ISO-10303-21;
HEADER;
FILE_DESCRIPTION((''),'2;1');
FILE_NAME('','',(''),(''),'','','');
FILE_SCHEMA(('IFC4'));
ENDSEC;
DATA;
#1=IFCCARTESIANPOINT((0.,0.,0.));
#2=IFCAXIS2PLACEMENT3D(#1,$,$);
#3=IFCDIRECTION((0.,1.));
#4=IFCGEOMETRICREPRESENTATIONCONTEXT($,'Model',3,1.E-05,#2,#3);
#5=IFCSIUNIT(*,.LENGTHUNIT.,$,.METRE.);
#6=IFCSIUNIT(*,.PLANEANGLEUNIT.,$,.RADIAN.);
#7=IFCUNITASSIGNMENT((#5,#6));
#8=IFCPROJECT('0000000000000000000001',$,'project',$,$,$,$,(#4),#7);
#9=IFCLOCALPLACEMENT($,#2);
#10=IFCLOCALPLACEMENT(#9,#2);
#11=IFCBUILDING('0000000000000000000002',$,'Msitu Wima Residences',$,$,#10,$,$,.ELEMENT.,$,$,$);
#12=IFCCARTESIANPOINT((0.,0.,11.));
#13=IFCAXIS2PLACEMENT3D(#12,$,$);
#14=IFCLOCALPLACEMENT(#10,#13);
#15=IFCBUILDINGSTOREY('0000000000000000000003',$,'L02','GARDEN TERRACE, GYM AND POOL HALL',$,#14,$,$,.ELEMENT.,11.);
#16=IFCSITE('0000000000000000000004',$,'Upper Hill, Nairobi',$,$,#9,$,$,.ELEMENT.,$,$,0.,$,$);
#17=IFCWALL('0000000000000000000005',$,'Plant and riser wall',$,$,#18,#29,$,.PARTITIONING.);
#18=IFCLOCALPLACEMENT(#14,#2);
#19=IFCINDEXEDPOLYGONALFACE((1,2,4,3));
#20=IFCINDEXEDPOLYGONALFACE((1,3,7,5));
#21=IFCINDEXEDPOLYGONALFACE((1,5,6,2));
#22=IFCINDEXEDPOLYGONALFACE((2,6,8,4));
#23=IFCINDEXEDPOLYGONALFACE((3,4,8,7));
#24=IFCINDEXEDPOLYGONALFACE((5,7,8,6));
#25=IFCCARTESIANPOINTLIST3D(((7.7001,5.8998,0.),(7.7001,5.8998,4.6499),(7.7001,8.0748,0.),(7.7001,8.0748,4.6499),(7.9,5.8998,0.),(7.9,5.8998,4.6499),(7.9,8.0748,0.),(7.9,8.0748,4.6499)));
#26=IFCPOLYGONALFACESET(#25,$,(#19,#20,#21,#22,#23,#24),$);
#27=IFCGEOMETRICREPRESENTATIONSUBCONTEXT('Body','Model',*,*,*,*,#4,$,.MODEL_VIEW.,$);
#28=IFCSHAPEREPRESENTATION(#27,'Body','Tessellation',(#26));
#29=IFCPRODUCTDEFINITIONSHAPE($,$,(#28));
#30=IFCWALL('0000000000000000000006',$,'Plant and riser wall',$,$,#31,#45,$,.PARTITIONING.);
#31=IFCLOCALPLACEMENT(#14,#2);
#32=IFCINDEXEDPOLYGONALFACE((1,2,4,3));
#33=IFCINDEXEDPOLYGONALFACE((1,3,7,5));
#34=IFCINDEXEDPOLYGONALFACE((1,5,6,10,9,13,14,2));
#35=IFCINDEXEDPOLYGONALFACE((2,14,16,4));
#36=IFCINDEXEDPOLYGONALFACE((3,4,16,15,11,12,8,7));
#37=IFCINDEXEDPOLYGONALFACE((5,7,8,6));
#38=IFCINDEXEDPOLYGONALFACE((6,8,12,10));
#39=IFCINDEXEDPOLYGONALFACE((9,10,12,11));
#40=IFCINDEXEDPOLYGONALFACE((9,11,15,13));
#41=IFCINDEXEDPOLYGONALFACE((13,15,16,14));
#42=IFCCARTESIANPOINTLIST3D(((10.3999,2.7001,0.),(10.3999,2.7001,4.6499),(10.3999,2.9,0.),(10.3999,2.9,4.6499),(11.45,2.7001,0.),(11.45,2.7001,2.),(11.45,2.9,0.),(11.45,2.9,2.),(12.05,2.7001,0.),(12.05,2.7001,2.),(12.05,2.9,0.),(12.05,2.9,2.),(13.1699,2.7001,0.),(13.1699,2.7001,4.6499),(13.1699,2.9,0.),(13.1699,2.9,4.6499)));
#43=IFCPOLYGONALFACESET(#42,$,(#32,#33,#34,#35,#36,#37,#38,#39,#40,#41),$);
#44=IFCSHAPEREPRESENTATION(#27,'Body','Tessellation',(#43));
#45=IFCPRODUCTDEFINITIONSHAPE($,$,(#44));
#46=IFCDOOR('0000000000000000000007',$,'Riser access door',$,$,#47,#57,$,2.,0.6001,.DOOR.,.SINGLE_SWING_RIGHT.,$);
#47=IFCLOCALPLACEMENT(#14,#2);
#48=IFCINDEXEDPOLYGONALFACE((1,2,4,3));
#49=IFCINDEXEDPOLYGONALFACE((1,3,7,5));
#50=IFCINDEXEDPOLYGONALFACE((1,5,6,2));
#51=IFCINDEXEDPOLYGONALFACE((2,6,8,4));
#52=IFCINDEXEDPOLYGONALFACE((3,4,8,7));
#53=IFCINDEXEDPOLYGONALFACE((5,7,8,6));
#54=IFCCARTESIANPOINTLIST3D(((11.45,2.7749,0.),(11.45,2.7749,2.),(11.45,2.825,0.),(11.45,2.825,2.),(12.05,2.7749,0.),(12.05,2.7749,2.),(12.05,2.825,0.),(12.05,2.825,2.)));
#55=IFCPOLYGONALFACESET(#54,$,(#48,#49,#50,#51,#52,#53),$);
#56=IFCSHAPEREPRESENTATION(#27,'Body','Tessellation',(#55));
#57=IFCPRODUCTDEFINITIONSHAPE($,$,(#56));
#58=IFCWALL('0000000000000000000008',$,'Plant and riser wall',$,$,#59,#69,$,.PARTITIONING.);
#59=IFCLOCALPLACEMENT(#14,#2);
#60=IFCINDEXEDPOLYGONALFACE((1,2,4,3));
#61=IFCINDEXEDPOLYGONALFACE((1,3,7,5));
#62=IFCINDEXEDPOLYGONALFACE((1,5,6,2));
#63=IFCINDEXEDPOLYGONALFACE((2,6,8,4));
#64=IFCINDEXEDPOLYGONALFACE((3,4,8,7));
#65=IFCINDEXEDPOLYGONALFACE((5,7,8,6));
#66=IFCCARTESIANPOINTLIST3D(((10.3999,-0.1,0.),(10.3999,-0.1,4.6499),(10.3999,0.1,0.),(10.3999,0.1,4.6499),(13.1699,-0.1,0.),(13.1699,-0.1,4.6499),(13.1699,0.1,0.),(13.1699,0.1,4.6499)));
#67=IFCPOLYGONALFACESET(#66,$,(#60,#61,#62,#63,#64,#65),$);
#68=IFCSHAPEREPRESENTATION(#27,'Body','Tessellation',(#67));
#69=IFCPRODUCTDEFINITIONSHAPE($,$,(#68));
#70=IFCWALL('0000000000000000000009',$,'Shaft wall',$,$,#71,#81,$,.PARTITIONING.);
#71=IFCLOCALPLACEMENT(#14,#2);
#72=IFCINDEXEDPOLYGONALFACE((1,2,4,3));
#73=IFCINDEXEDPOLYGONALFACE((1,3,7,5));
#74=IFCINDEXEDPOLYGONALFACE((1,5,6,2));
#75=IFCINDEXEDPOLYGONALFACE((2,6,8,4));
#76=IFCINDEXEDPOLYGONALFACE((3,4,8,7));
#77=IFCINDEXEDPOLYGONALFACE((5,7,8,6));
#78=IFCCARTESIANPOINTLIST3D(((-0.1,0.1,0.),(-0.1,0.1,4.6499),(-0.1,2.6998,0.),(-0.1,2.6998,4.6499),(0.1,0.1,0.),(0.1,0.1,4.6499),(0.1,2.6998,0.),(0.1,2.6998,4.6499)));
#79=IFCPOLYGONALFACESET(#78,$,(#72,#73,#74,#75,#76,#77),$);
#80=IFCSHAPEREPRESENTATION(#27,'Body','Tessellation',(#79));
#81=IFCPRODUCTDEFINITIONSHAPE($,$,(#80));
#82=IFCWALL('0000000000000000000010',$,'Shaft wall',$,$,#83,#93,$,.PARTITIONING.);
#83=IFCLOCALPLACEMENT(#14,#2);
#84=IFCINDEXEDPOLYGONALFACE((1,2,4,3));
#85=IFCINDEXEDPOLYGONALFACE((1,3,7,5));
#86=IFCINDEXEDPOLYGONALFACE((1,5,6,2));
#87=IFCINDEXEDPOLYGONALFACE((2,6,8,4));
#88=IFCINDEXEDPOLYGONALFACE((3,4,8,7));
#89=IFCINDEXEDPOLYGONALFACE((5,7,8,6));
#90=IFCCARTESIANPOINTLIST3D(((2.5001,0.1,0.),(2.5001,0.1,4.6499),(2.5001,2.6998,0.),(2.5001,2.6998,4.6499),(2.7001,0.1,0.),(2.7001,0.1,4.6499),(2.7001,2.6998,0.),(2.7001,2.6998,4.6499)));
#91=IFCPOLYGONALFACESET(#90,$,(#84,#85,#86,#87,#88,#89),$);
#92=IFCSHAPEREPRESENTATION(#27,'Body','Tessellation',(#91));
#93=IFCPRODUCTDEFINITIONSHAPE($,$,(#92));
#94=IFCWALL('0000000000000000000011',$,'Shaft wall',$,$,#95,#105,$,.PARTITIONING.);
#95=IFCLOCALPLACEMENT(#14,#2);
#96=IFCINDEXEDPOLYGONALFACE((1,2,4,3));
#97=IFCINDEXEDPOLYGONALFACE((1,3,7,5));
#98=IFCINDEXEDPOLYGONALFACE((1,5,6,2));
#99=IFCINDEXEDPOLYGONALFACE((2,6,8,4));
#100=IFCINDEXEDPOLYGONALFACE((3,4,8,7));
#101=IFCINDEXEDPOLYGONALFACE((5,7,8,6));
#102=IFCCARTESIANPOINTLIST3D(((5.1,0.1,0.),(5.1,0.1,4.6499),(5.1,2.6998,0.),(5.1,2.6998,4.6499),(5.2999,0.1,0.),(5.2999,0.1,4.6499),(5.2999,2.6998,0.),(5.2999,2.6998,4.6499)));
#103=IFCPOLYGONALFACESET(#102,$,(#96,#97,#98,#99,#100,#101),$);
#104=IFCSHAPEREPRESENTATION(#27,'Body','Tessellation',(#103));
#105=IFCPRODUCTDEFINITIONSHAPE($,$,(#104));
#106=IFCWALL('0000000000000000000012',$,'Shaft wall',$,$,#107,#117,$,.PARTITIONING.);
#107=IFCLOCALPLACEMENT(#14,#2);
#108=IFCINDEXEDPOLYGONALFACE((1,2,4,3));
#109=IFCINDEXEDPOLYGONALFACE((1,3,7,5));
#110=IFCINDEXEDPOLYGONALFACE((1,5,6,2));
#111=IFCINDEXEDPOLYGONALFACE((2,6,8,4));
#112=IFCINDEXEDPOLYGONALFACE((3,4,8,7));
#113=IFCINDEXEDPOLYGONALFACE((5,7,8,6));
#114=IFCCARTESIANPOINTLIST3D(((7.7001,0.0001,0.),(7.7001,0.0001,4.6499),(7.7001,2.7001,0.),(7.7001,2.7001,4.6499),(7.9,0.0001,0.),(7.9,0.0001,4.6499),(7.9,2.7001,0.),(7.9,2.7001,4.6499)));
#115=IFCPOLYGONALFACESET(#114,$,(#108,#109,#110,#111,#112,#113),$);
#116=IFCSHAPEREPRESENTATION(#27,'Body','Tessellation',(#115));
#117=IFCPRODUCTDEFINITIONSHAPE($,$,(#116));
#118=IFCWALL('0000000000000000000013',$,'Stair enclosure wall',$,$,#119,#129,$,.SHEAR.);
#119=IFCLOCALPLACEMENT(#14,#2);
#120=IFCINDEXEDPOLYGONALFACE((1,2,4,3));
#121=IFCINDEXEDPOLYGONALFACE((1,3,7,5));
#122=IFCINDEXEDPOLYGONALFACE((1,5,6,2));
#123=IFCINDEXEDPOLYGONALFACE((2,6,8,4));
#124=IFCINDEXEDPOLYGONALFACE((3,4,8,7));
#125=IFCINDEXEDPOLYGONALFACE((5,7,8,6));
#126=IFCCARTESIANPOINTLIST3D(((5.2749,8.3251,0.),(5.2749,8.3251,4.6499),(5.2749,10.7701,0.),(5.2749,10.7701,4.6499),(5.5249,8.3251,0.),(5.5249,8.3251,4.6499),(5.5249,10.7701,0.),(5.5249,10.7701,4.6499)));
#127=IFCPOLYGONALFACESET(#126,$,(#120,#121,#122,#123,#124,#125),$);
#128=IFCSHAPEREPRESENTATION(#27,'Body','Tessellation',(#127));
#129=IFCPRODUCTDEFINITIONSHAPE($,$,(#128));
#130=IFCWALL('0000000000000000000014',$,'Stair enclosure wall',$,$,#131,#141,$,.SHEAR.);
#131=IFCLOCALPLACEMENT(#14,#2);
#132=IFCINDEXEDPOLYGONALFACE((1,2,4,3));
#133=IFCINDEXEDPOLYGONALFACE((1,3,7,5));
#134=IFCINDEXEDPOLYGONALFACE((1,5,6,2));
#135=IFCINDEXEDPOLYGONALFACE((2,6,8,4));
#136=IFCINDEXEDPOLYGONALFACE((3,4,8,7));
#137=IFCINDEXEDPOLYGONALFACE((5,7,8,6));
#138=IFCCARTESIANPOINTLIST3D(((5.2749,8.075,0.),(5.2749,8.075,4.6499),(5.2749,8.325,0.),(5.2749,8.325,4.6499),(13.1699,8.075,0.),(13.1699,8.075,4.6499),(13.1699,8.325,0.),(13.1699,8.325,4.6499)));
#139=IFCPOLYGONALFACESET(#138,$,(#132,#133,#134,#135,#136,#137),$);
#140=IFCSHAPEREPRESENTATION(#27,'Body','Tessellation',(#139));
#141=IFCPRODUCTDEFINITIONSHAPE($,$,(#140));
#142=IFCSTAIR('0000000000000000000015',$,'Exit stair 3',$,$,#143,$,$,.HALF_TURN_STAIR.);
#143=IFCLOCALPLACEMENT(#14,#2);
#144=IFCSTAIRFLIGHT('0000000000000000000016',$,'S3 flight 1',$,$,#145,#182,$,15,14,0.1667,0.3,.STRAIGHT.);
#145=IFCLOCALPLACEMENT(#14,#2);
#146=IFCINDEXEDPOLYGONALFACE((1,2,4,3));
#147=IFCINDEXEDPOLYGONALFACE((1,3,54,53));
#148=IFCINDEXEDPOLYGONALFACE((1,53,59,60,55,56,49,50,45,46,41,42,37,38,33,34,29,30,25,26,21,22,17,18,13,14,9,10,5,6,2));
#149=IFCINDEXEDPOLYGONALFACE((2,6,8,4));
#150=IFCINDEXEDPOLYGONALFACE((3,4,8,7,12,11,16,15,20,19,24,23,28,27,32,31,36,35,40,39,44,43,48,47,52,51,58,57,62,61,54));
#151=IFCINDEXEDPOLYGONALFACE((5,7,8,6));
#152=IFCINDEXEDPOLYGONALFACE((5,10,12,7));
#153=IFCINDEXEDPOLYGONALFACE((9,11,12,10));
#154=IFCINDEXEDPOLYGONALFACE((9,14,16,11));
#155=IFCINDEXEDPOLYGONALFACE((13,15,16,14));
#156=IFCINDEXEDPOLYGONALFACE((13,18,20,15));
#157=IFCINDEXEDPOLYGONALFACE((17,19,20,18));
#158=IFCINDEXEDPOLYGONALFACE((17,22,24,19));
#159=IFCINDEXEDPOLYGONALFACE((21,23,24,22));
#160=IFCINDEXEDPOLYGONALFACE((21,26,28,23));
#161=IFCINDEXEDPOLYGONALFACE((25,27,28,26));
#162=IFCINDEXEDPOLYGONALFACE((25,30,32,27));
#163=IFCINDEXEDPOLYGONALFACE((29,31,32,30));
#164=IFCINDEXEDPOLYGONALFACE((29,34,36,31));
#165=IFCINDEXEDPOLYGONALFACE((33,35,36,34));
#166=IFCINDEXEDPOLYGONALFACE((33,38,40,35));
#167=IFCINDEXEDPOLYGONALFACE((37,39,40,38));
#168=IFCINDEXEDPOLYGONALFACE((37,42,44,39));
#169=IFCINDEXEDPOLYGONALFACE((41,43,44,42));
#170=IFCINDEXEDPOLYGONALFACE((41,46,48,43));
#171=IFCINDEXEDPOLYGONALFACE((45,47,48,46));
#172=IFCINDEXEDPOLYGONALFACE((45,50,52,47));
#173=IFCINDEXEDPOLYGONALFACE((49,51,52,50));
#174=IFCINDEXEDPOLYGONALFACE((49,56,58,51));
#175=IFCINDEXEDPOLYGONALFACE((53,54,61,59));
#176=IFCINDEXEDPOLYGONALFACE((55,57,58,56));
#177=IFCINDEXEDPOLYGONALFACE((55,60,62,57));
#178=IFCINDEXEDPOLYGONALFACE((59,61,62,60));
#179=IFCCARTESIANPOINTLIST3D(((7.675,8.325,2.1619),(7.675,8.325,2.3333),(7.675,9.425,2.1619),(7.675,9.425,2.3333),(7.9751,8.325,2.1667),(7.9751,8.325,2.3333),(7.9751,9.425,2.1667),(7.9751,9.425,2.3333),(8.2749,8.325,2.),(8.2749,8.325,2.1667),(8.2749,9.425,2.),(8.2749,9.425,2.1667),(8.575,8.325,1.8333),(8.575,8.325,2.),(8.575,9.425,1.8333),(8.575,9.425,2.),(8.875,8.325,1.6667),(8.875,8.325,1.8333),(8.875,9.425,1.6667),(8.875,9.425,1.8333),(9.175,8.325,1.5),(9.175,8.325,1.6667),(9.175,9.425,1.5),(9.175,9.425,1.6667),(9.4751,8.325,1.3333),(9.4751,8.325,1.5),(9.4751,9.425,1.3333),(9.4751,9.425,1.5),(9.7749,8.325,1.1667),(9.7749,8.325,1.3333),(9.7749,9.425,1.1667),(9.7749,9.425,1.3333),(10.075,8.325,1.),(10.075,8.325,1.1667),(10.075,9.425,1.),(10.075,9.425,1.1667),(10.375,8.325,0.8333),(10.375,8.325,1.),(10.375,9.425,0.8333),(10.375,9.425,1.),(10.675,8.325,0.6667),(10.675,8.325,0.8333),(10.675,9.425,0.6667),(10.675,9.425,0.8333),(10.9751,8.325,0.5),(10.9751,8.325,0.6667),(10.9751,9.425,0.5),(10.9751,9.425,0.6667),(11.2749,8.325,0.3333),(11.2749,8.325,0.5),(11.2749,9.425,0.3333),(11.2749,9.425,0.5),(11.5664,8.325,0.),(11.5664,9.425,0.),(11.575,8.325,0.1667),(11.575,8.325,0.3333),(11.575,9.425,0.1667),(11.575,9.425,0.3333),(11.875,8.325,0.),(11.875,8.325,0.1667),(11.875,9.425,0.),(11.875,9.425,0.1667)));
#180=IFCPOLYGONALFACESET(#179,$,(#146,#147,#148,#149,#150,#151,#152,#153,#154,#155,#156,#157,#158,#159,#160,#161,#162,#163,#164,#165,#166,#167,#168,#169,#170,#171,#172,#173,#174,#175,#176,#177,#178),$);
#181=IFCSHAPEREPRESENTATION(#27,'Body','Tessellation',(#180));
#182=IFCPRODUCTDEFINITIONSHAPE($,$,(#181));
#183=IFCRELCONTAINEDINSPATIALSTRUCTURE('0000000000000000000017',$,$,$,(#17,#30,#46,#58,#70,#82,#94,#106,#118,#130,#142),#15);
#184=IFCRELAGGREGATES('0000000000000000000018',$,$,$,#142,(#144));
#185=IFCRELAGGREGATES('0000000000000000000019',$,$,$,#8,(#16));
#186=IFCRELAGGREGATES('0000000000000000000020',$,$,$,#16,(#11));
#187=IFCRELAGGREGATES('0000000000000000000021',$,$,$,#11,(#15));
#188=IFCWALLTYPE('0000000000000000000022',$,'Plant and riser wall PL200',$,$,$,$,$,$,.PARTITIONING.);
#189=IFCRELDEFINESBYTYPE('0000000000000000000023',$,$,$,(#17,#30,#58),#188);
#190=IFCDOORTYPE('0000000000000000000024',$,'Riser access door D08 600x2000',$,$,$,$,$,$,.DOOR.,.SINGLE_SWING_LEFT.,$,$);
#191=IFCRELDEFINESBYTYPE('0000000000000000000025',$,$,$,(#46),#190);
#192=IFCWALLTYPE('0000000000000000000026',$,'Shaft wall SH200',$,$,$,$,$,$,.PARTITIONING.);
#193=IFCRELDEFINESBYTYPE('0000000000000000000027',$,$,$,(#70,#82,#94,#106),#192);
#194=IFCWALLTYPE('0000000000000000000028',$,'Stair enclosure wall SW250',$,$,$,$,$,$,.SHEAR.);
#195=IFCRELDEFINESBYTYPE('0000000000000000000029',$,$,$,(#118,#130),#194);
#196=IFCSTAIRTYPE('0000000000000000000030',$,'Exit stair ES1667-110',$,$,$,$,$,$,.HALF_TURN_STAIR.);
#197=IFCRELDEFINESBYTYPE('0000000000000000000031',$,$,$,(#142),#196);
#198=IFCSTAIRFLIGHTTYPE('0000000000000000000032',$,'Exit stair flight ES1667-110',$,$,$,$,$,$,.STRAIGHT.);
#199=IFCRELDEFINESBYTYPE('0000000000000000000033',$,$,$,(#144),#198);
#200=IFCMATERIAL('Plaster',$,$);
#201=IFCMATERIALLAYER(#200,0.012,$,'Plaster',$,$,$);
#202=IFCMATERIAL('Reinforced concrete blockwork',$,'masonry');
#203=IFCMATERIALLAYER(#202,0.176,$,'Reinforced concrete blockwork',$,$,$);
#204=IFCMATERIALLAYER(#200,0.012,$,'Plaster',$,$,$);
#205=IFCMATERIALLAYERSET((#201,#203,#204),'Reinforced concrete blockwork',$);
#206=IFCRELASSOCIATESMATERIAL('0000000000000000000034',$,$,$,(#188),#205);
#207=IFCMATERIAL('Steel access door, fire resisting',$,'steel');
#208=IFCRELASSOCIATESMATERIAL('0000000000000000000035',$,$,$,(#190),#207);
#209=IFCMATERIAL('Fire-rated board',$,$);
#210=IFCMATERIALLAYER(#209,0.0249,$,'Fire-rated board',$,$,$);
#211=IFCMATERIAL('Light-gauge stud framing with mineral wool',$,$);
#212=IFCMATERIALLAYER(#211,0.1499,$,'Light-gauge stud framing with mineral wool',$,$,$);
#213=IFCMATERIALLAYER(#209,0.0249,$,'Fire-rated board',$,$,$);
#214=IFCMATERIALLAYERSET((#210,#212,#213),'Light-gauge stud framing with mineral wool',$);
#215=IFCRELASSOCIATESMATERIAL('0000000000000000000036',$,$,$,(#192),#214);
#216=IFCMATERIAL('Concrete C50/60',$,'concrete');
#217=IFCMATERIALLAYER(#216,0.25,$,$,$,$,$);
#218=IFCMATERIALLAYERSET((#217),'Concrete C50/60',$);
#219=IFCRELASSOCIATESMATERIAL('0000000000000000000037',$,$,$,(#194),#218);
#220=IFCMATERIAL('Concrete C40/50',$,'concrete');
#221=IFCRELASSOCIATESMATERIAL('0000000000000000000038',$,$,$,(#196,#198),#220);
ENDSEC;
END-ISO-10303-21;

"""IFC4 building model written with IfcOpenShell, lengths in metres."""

from ifc_helpers import new_model, si_unit, direction, frame, frame_2d, origin, place, context, subcontext, project, spatial, polyline, rectangle, outline, extrude, material, layer, layer_set, type_object, element, fill, aggregate, save


model = new_model("IFC4")

# Units and contexts
model_context = context("Model", 3, precision=1e-05, world=origin(), true_north=direction((0.0, 1.0)))
body_context = subcontext(model_context, "Body", "Model", "MODEL_VIEW")
ifc_project = project(units=[si_unit("LENGTHUNIT", "METRE"), si_unit("PLANEANGLEUNIT", "RADIAN")], contexts=[model_context])

# Site, building, storey
site_placement = place(None, origin())
site = spatial("IfcSite", under=ifc_project, at=site_placement, Name="Upper Hill, Nairobi", CompositionType="ELEMENT", RefElevation=0.0)
building_placement = place(site_placement, origin())
building = spatial("IfcBuilding", under=site, at=building_placement, Name="Msitu Wima Residences", CompositionType="ELEMENT")
storey_placement = place(building_placement, frame((0.0, 0.0, 11.0)))
storey = spatial("IfcBuildingStorey", under=building, at=storey_placement, Name="L02", Description="GARDEN TERRACE, GYM AND POOL HALL", CompositionType="ELEMENT", Elevation=11.0)

# Shared definitions
ifc_material_1 = material(Name="Concrete C40/50", Category="concrete")

# Shared definitions
ifc_material_2 = material(Name="Plaster")
ifc_layer_1 = layer(ifc_material_2, 0.012, Name="Plaster")
ifc_material_3 = material(Name="Reinforced concrete blockwork", Category="masonry")
ifc_layer_2 = layer(ifc_material_3, 0.176, Name="Reinforced concrete blockwork")
ifc_layer_3 = layer(ifc_material_2, 0.012, Name="Plaster")
ifc_layer_set_1 = layer_set([ifc_layer_1, ifc_layer_2, ifc_layer_3], Name="Reinforced concrete blockwork")
wall_type_1 = type_object("IfcWallType", Name="Plant and riser wall PL200", PredefinedType="PARTITIONING", material=ifc_layer_set_1)

# Wall
wall_1_placement = place(storey_placement, frame((7.8, 5.8999, 0.0), z_axis=(0.0, 0.0, 1.0), x_axis=(0.0, 1.0, 0.0)))
element("IfcWall", 1, at=wall_1_placement, inside=storey, type_object=wall_type_1, Name="Plant and riser wall", PredefinedType="PARTITIONING", context=body_context, shape_type="SweptSolid", body=[
    extrude(rectangle(XDim=2.175, YDim=0.2, at=frame_2d((1.0874, 0.0))), origin(), (0.0, 0.0, 1.0), 4.6499),
])

# Wall, opening, door
wall_2_placement = place(storey_placement, frame((10.3999, 2.8, 0.0), z_axis=(0.0, 0.0, 1.0), x_axis=(1.0, 0.0, 0.0)))
wall_2 = element("IfcWall", 2, at=wall_2_placement, inside=storey, type_object=wall_type_1, Name="Plant and riser wall", PredefinedType="PARTITIONING", context=body_context, shape_type="SweptSolid", body=[
    extrude(rectangle(XDim=2.77, YDim=0.2, at=frame_2d((1.385, 0.0))), origin(), (0.0, 0.0, 1.0), 4.6499),
])
opening_1_placement = place(wall_2_placement, frame((1.05, 0.0, 0.0)))
opening_1 = element("IfcOpeningElement", 3, at=opening_1_placement, cuts=wall_2, PredefinedType="OPENING", context=body_context, shape_type="SweptSolid", body=[
    extrude(rectangle(XDim=0.6001, YDim=2.0, at=frame_2d((0.3, 1.0))), frame((0.0, 0.1099, 0.0), z_axis=(0.0, -1.0, 0.0), x_axis=(1.0, 0.0, 0.0)), (0.0, 0.0, 1.0), 0.22),
])
ifc_material_4 = material(Name="Steel access door, fire resisting", Category="steel")
door_type_1 = type_object("IfcDoorType", Name="Riser access door D08 600x2000", OperationType="SINGLE_SWING_LEFT", PredefinedType="DOOR", material=ifc_material_4)
door_1_placement = place(opening_1_placement, origin())
door_1 = element("IfcDoor", 4, at=door_1_placement, inside=storey, type_object=door_type_1, Name="Riser access door", OperationType="SINGLE_SWING_RIGHT", OverallHeight=2.0, OverallWidth=0.6001, PredefinedType="DOOR", context=body_context, shape_type="SweptSolid", body=[
    extrude(rectangle(XDim=0.6001, YDim=2.0, at=frame_2d((0.3, 1.0))), frame((0.0, 0.0249, 0.0), z_axis=(0.0, -1.0, 0.0), x_axis=(1.0, 0.0, 0.0)), (0.0, 0.0, 1.0), 0.05),
])
fill(opening_1, door_1)

# Walls
wall_3_placement = place(storey_placement, frame((10.3999, 0.0, 0.0), z_axis=(0.0, 0.0, 1.0), x_axis=(1.0, 0.0, 0.0)))
element("IfcWall", 5, at=wall_3_placement, inside=storey, type_object=wall_type_1, Name="Plant and riser wall", PredefinedType="PARTITIONING", context=body_context, shape_type="SweptSolid", body=[
    extrude(rectangle(XDim=2.77, YDim=0.2, at=frame_2d((1.385, 0.0))), origin(), (0.0, 0.0, 1.0), 4.6499),
])
ifc_material_5 = material(Name="Fire-rated board")
ifc_layer_4 = layer(ifc_material_5, 0.0249, Name="Fire-rated board")
ifc_material_6 = material(Name="Light-gauge stud framing with mineral wool")
ifc_layer_5 = layer(ifc_material_6, 0.1499, Name="Light-gauge stud framing with mineral wool")
ifc_layer_6 = layer(ifc_material_5, 0.0249, Name="Fire-rated board")
ifc_layer_set_2 = layer_set([ifc_layer_4, ifc_layer_5, ifc_layer_6], Name="Light-gauge stud framing with mineral wool")
wall_type_2 = type_object("IfcWallType", Name="Shaft wall SH200", PredefinedType="PARTITIONING", material=ifc_layer_set_2)
for number, where, z_axis, x_axis, name in (
    (6, (0.0, 0.1001, 0.0), (0.0, 0.0, 1.0), (0.0, 1.0, 0.0), "Shaft wall"),
    (7, (2.6001, 0.1001, 0.0), (0.0, 0.0, 1.0), (0.0, 1.0, 0.0), "Shaft wall"),
    (8, (5.2, 0.1001, 0.0), (0.0, 0.0, 1.0), (0.0, 1.0, 0.0), "Shaft wall"),
):
    element("IfcWall", number, at=place(storey_placement, frame(where, z_axis=z_axis, x_axis=x_axis)), inside=storey, type_object=wall_type_2, Name=name, PredefinedType="PARTITIONING", context=body_context, shape_type="SweptSolid", body=[
        extrude(rectangle(XDim=2.5999, YDim=0.2, at=frame_2d((1.2998, 0.0))), origin(), (0.0, 0.0, 1.0), 4.6499),
    ])
wall_4_placement = place(storey_placement, frame((7.8, 0.0, 0.0), z_axis=(0.0, 0.0, 1.0), x_axis=(0.0, 1.0, 0.0)))
element("IfcWall", 9, at=wall_4_placement, inside=storey, type_object=wall_type_2, Name="Shaft wall", PredefinedType="PARTITIONING", context=body_context, shape_type="SweptSolid", body=[
    extrude(rectangle(XDim=2.7, YDim=0.2, at=frame_2d((1.3501, 0.0))), origin(), (0.0, 0.0, 1.0), 4.6499),
])
ifc_material_7 = material(Name="Concrete C50/60", Category="concrete")
ifc_layer_7 = layer(ifc_material_7, 0.25)
ifc_layer_set_3 = layer_set([ifc_layer_7], Name="Concrete C50/60")
wall_type_3 = type_object("IfcWallType", Name="Stair enclosure wall SW250", PredefinedType="SHEAR", material=ifc_layer_set_3)
wall_5_placement = place(storey_placement, frame((5.3999, 8.325, 0.0), z_axis=(0.0, 0.0, 1.0), x_axis=(0.0, 1.0, 0.0)))
element("IfcWall", 10, at=wall_5_placement, inside=storey, type_object=wall_type_3, Name="Stair enclosure wall", PredefinedType="SHEAR", context=body_context, shape_type="SweptSolid", body=[
    extrude(rectangle(XDim=2.4451, YDim=0.25, at=frame_2d((1.2227, 0.0))), origin(), (0.0, 0.0, 1.0), 4.6499),
])
wall_6_placement = place(storey_placement, frame((5.2749, 8.2, 0.0), z_axis=(0.0, 0.0, 1.0), x_axis=(1.0, 0.0, 0.0)))
element("IfcWall", 11, at=wall_6_placement, inside=storey, type_object=wall_type_3, Name="Stair enclosure wall", PredefinedType="SHEAR", context=body_context, shape_type="SweptSolid", body=[
    extrude(rectangle(XDim=7.895, YDim=0.25, at=frame_2d((3.9475, 0.0))), origin(), (0.0, 0.0, 1.0), 4.6499),
])

# Stair, stair flight
stair_type_1 = type_object("IfcStairType", Name="Exit stair ES1667-110", PredefinedType="HALF_TURN_STAIR", material=ifc_material_1)
stair_1_placement = place(storey_placement, origin())
stair_1 = element("IfcStair", 12, at=stair_1_placement, inside=storey, type_object=stair_type_1, Name="Exit stair 3", PredefinedType="HALF_TURN_STAIR")
stair_flight_type = type_object("IfcStairFlightType", Name="Exit stair flight ES1667-110", PredefinedType="STRAIGHT", material=ifc_material_1)
stair_flight_placement = place(storey_placement, frame((11.875, 8.875, 0.0), z_axis=(0.0, 0.0, 1.0), x_axis=(-1.0, 0.0, 0.0)))
stair_flight = element("IfcStairFlight", 13, at=stair_flight_placement, type_object=stair_flight_type, Name="S3 flight 1", NumberOfRisers=15, NumberOfTreads=14, PredefinedType="STRAIGHT", RiserHeight=0.1667, TreadLength=0.3, context=body_context, shape_type="SweptSolid", body=[
    extrude(outline(polyline([(0.0, 0.0), (0.0, 0.1667), (0.3, 0.1667), (0.3, 0.3333), (0.6001, 0.3333), (0.6001, 0.5), (0.8999, 0.5), (0.8999, 0.6667), (1.2, 0.6667), (1.2, 0.8333), (1.5, 0.8333), (1.5, 1.0), (1.8, 1.0), (1.8, 1.1667), (2.1001, 1.1667), (2.1001, 1.3333), (2.3999, 1.3333), (2.3999, 1.5), (2.7, 1.5), (2.7, 1.6667), (3.0, 1.6667), (3.0, 1.8333), (3.3, 1.8333), (3.3, 2.0), (3.6001, 2.0), (3.6001, 2.1667), (3.8999, 2.1667), (3.8999, 2.3333), (4.2, 2.3333), (4.2, 2.5), (4.2, 2.1619), (0.3086, 0.0), (0.0, 0.0)])), frame((0.0, 0.55, 0.0), z_axis=(0.0, -1.0, 0.0), x_axis=(1.0, 0.0, 0.0)), (0.0, 0.0, 1.0), 1.1001),
])
aggregate(stair_1, [stair_flight])

save(model, "model.ifc")
